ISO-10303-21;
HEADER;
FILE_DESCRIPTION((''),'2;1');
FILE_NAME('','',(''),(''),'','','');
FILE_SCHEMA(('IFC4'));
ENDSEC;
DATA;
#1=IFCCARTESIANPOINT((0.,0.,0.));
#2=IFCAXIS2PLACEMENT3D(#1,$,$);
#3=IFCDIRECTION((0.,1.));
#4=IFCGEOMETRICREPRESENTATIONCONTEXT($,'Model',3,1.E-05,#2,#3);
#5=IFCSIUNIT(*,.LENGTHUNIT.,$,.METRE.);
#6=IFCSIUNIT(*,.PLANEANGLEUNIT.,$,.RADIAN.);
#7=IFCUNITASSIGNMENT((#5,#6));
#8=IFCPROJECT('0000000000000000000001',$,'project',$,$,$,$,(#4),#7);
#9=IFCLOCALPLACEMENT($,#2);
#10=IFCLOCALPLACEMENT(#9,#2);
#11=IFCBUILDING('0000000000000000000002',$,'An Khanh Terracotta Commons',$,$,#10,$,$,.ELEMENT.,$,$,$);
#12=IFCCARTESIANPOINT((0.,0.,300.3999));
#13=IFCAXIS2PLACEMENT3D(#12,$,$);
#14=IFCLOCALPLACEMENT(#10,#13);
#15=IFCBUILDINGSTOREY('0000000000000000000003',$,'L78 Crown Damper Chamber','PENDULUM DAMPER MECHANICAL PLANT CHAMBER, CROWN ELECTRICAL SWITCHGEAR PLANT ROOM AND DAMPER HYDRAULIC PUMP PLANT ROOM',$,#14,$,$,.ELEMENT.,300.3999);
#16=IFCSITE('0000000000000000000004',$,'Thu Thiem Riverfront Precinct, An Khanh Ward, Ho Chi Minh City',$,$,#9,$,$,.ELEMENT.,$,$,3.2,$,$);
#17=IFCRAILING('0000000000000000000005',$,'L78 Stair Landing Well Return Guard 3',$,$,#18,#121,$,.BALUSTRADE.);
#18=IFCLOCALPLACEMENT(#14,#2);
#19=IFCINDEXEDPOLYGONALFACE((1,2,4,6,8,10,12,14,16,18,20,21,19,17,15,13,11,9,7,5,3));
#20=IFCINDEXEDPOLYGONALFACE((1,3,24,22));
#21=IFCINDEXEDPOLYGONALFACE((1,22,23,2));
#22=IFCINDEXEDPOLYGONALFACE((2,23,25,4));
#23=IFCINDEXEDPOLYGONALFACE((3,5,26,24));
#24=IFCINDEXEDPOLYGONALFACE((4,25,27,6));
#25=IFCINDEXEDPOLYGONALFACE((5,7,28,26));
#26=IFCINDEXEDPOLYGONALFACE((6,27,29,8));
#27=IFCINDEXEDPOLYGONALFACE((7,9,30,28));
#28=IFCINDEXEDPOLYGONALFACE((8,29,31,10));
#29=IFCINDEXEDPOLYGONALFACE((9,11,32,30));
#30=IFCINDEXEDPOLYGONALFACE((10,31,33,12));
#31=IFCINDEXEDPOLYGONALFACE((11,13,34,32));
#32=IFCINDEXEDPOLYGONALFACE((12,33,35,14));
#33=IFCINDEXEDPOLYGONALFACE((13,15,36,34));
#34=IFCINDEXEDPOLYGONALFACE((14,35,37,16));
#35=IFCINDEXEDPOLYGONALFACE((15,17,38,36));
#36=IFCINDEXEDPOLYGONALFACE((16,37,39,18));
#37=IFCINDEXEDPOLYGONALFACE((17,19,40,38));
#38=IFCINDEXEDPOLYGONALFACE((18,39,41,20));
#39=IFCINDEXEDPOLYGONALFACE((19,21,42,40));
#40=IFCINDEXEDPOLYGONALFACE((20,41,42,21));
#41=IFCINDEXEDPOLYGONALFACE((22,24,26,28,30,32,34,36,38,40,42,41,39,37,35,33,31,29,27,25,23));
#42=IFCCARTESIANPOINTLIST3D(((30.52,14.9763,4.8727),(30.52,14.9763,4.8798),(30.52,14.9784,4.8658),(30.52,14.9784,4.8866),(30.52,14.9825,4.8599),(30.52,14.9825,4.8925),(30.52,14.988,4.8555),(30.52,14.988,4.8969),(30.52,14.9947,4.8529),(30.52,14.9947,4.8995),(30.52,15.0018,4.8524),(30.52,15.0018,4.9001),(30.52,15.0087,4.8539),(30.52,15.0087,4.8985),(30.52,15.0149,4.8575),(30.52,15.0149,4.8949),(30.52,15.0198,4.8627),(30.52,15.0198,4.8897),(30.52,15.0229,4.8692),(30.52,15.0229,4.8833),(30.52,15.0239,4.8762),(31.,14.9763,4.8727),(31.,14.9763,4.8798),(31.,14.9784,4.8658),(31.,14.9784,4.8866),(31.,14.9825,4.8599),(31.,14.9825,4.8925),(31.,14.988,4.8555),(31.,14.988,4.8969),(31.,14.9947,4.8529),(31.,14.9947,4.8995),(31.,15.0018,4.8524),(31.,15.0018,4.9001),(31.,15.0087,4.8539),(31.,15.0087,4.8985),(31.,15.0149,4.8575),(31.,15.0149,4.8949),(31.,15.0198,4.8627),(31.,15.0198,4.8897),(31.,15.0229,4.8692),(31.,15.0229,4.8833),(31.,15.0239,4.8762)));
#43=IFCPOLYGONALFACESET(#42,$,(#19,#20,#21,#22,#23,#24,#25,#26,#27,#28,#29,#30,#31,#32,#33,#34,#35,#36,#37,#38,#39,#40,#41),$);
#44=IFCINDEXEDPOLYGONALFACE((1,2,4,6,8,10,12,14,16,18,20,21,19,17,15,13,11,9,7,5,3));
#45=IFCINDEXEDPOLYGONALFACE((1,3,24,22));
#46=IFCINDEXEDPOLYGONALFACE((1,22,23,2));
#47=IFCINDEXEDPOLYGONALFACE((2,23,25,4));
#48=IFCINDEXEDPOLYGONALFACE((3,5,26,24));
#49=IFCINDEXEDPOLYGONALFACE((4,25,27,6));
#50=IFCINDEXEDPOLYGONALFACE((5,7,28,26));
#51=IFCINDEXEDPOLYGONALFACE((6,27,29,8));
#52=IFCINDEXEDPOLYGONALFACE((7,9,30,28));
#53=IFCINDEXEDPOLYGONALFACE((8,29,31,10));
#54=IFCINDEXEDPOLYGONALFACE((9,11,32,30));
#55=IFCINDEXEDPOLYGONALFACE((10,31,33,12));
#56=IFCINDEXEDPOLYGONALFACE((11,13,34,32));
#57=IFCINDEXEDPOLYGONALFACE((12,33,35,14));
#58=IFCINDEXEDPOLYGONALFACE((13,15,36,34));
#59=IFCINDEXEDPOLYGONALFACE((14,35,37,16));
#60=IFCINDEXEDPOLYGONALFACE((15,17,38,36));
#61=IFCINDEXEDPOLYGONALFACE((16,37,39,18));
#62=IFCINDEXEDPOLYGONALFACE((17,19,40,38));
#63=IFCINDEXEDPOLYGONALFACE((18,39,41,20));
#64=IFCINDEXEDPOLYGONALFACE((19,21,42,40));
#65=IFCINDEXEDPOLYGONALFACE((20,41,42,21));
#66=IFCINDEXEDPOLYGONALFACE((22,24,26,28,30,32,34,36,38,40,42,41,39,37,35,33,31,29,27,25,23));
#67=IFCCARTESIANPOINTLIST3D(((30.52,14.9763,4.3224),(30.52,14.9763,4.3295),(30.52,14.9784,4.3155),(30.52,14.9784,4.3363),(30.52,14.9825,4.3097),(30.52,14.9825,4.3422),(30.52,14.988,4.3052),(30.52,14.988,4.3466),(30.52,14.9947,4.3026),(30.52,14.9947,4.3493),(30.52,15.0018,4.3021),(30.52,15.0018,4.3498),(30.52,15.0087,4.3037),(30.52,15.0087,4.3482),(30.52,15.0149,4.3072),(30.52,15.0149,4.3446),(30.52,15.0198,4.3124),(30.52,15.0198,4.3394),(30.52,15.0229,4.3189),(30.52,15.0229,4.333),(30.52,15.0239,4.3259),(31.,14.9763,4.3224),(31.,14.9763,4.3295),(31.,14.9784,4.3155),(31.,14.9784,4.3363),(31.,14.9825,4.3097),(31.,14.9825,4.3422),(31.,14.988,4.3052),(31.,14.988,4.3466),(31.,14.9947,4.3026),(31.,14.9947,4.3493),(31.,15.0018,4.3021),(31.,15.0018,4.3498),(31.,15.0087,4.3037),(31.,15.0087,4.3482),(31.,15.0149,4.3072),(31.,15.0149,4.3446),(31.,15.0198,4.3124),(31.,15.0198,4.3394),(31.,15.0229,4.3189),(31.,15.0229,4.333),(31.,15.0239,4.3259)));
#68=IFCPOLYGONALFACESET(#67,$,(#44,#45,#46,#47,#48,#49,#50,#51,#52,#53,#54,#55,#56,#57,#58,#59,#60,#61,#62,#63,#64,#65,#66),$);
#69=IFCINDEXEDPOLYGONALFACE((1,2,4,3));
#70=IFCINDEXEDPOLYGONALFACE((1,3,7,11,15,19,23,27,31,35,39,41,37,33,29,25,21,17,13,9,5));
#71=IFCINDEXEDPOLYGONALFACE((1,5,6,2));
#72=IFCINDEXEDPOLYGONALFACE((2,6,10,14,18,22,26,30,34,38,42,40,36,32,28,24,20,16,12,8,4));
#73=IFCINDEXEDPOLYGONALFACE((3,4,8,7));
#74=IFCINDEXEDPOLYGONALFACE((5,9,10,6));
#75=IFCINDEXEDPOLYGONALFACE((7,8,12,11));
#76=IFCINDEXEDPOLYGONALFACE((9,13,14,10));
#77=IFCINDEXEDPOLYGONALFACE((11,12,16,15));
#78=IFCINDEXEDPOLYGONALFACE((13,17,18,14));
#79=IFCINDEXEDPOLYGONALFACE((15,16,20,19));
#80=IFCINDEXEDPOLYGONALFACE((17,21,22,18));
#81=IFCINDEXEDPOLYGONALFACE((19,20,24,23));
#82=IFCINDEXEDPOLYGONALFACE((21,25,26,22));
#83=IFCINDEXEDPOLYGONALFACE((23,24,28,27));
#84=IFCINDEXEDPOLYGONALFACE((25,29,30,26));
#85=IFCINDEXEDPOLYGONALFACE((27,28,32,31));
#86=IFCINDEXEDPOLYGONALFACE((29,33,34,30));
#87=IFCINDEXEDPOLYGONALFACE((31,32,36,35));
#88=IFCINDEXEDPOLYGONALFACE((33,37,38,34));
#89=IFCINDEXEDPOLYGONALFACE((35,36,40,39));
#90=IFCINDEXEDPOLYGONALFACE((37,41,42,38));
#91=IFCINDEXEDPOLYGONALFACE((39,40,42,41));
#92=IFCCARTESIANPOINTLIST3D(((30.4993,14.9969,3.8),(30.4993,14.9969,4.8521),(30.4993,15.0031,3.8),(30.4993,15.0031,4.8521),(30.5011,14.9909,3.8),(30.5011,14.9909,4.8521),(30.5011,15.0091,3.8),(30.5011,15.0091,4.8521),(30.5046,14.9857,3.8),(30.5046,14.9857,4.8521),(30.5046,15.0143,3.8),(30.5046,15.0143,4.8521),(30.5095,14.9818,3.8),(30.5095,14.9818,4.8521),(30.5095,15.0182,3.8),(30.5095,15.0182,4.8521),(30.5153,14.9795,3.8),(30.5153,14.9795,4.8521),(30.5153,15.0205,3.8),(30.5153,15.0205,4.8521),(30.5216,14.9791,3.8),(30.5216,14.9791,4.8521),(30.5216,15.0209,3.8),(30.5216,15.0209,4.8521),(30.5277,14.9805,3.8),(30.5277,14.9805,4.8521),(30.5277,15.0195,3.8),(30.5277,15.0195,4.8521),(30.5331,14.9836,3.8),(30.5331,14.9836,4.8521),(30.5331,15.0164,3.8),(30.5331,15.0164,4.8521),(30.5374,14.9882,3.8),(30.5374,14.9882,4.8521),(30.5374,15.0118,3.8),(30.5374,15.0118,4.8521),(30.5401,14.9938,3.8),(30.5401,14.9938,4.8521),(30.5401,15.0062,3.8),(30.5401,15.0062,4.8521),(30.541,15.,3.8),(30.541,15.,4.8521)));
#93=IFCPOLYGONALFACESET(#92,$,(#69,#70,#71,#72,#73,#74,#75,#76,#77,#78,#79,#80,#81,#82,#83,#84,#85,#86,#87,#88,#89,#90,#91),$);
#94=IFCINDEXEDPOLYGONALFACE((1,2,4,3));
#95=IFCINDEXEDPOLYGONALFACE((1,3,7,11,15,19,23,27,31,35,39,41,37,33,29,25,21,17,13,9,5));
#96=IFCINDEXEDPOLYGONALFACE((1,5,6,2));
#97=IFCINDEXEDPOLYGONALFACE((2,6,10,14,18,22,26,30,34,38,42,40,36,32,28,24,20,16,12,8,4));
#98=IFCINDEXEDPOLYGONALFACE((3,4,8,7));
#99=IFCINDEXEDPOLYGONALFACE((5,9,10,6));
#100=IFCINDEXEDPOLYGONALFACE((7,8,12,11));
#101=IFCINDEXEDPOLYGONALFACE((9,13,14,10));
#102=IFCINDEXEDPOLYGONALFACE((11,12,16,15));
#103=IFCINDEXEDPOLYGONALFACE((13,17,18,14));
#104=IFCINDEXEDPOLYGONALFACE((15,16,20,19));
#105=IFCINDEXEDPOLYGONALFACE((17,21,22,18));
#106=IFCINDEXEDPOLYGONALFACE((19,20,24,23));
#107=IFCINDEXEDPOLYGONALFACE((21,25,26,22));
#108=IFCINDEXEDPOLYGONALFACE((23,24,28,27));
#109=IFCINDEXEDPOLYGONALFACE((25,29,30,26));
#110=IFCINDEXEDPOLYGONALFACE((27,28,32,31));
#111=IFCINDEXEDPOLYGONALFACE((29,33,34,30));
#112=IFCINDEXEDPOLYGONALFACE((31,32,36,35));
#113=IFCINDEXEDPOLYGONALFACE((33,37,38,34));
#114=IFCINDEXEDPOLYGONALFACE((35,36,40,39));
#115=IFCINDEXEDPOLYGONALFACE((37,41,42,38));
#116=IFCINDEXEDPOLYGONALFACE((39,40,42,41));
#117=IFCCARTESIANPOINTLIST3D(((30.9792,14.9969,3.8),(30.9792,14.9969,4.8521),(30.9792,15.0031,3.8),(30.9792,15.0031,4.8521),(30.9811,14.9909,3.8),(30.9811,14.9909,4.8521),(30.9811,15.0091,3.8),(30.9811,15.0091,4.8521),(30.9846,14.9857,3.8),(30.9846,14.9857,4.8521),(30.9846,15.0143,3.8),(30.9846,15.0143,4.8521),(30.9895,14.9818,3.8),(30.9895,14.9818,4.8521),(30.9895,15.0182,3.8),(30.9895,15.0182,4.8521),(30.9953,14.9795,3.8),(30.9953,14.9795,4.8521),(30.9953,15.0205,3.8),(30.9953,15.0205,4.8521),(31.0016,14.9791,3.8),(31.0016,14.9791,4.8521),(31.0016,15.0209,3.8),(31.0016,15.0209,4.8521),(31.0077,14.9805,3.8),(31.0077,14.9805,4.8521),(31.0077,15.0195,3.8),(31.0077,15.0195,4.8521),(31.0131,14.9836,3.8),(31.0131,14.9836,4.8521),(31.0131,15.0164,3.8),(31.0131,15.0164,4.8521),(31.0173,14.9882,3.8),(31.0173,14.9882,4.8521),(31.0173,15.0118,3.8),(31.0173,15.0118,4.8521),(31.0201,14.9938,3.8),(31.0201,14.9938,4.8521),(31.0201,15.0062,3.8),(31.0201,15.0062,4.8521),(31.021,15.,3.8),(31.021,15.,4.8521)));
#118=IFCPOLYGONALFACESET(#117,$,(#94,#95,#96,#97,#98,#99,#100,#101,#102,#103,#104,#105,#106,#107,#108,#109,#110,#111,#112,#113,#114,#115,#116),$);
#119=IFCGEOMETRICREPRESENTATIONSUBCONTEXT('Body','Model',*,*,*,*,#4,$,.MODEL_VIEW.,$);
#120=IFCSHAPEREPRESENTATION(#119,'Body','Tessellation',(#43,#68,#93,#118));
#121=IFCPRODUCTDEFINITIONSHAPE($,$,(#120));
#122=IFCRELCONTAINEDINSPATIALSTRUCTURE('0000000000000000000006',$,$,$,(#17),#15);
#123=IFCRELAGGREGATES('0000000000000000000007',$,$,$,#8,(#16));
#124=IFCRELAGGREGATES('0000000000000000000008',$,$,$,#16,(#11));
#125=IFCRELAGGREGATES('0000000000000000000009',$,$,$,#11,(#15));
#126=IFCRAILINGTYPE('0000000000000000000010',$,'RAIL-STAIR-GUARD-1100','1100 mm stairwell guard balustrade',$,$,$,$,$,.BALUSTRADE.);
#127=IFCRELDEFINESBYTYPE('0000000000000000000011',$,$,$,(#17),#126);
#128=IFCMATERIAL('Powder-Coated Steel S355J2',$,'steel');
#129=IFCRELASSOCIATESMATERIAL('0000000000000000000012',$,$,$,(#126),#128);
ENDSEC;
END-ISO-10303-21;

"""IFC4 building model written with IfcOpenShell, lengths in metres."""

from ifc_helpers import new_model, si_unit, direction, frame, origin, origin_2d, place, context, subcontext, project, spatial, circle, extrude, material, type_object, element, save


model = new_model("IFC4")

# Units and contexts
model_context = context("Model", 3, precision=1e-05, world=origin(), true_north=direction((0.0, 1.0)))
body_context = subcontext(model_context, "Body", "Model", "MODEL_VIEW")
ifc_project = project(units=[si_unit("LENGTHUNIT", "METRE"), si_unit("PLANEANGLEUNIT", "RADIAN")], contexts=[model_context])

# Site, building, storey
site_placement = place(None, origin())
site = spatial("IfcSite", under=ifc_project, at=site_placement, Name="Thu Thiem Riverfront Precinct, An Khanh Ward, Ho Chi Minh City", CompositionType="ELEMENT", RefElevation=3.2)
building_placement = place(site_placement, origin())
building = spatial("IfcBuilding", under=site, at=building_placement, Name="An Khanh Terracotta Commons", CompositionType="ELEMENT")
storey_placement = place(building_placement, frame((0.0, 0.0, 300.3999)))
storey = spatial("IfcBuildingStorey", under=building, at=storey_placement, Name="L78 Crown Damper Chamber", Description="PENDULUM DAMPER MECHANICAL PLANT CHAMBER, CROWN ELECTRICAL SWITCHGEAR PLANT ROOM AND DAMPER HYDRAULIC PUMP PLANT ROOM", CompositionType="ELEMENT", Elevation=300.3999)

# Railing
ifc_material_1 = material(Name="Powder-Coated Steel S355J2", Category="steel")
railing_type_1 = type_object("IfcRailingType", Name="RAIL-STAIR-GUARD-1100", Description="1100 mm stairwell guard balustrade", PredefinedType="BALUSTRADE", material=ifc_material_1)
for number, where, name in (
    (1, (30.52, 15.0, 3.8), "L78 Stair Landing Well Return Guard 3"),
):
    element("IfcRailing", number, at=place(storey_placement, frame(where)), inside=storey, type_object=railing_type_1, Name=name, PredefinedType="BALUSTRADE", context=body_context, shape_type="SweptSolid", body=[
        extrude(circle(Radius=0.0239, at=origin_2d()), frame((0.0, 0.0, 1.0762), z_axis=(1.0, 0.0, 0.0), x_axis=(0.0, 1.0, 0.0)), (0.0, 0.0, 1.0), 0.48),
        extrude(circle(Radius=0.0239, at=origin_2d()), frame((0.0, 0.0, 0.5259), z_axis=(1.0, 0.0, 0.0), x_axis=(0.0, 1.0, 0.0)), (0.0, 0.0, 1.0), 0.48),
        extrude(circle(Radius=0.021, at=origin_2d()), origin(), (0.0, 0.0, 1.0), 1.052),
        extrude(circle(Radius=0.021, at=origin_2d()), frame((0.48, 0.0, 0.0)), (0.0, 0.0, 1.0), 1.052),
    ])

save(model, "model.ifc")
